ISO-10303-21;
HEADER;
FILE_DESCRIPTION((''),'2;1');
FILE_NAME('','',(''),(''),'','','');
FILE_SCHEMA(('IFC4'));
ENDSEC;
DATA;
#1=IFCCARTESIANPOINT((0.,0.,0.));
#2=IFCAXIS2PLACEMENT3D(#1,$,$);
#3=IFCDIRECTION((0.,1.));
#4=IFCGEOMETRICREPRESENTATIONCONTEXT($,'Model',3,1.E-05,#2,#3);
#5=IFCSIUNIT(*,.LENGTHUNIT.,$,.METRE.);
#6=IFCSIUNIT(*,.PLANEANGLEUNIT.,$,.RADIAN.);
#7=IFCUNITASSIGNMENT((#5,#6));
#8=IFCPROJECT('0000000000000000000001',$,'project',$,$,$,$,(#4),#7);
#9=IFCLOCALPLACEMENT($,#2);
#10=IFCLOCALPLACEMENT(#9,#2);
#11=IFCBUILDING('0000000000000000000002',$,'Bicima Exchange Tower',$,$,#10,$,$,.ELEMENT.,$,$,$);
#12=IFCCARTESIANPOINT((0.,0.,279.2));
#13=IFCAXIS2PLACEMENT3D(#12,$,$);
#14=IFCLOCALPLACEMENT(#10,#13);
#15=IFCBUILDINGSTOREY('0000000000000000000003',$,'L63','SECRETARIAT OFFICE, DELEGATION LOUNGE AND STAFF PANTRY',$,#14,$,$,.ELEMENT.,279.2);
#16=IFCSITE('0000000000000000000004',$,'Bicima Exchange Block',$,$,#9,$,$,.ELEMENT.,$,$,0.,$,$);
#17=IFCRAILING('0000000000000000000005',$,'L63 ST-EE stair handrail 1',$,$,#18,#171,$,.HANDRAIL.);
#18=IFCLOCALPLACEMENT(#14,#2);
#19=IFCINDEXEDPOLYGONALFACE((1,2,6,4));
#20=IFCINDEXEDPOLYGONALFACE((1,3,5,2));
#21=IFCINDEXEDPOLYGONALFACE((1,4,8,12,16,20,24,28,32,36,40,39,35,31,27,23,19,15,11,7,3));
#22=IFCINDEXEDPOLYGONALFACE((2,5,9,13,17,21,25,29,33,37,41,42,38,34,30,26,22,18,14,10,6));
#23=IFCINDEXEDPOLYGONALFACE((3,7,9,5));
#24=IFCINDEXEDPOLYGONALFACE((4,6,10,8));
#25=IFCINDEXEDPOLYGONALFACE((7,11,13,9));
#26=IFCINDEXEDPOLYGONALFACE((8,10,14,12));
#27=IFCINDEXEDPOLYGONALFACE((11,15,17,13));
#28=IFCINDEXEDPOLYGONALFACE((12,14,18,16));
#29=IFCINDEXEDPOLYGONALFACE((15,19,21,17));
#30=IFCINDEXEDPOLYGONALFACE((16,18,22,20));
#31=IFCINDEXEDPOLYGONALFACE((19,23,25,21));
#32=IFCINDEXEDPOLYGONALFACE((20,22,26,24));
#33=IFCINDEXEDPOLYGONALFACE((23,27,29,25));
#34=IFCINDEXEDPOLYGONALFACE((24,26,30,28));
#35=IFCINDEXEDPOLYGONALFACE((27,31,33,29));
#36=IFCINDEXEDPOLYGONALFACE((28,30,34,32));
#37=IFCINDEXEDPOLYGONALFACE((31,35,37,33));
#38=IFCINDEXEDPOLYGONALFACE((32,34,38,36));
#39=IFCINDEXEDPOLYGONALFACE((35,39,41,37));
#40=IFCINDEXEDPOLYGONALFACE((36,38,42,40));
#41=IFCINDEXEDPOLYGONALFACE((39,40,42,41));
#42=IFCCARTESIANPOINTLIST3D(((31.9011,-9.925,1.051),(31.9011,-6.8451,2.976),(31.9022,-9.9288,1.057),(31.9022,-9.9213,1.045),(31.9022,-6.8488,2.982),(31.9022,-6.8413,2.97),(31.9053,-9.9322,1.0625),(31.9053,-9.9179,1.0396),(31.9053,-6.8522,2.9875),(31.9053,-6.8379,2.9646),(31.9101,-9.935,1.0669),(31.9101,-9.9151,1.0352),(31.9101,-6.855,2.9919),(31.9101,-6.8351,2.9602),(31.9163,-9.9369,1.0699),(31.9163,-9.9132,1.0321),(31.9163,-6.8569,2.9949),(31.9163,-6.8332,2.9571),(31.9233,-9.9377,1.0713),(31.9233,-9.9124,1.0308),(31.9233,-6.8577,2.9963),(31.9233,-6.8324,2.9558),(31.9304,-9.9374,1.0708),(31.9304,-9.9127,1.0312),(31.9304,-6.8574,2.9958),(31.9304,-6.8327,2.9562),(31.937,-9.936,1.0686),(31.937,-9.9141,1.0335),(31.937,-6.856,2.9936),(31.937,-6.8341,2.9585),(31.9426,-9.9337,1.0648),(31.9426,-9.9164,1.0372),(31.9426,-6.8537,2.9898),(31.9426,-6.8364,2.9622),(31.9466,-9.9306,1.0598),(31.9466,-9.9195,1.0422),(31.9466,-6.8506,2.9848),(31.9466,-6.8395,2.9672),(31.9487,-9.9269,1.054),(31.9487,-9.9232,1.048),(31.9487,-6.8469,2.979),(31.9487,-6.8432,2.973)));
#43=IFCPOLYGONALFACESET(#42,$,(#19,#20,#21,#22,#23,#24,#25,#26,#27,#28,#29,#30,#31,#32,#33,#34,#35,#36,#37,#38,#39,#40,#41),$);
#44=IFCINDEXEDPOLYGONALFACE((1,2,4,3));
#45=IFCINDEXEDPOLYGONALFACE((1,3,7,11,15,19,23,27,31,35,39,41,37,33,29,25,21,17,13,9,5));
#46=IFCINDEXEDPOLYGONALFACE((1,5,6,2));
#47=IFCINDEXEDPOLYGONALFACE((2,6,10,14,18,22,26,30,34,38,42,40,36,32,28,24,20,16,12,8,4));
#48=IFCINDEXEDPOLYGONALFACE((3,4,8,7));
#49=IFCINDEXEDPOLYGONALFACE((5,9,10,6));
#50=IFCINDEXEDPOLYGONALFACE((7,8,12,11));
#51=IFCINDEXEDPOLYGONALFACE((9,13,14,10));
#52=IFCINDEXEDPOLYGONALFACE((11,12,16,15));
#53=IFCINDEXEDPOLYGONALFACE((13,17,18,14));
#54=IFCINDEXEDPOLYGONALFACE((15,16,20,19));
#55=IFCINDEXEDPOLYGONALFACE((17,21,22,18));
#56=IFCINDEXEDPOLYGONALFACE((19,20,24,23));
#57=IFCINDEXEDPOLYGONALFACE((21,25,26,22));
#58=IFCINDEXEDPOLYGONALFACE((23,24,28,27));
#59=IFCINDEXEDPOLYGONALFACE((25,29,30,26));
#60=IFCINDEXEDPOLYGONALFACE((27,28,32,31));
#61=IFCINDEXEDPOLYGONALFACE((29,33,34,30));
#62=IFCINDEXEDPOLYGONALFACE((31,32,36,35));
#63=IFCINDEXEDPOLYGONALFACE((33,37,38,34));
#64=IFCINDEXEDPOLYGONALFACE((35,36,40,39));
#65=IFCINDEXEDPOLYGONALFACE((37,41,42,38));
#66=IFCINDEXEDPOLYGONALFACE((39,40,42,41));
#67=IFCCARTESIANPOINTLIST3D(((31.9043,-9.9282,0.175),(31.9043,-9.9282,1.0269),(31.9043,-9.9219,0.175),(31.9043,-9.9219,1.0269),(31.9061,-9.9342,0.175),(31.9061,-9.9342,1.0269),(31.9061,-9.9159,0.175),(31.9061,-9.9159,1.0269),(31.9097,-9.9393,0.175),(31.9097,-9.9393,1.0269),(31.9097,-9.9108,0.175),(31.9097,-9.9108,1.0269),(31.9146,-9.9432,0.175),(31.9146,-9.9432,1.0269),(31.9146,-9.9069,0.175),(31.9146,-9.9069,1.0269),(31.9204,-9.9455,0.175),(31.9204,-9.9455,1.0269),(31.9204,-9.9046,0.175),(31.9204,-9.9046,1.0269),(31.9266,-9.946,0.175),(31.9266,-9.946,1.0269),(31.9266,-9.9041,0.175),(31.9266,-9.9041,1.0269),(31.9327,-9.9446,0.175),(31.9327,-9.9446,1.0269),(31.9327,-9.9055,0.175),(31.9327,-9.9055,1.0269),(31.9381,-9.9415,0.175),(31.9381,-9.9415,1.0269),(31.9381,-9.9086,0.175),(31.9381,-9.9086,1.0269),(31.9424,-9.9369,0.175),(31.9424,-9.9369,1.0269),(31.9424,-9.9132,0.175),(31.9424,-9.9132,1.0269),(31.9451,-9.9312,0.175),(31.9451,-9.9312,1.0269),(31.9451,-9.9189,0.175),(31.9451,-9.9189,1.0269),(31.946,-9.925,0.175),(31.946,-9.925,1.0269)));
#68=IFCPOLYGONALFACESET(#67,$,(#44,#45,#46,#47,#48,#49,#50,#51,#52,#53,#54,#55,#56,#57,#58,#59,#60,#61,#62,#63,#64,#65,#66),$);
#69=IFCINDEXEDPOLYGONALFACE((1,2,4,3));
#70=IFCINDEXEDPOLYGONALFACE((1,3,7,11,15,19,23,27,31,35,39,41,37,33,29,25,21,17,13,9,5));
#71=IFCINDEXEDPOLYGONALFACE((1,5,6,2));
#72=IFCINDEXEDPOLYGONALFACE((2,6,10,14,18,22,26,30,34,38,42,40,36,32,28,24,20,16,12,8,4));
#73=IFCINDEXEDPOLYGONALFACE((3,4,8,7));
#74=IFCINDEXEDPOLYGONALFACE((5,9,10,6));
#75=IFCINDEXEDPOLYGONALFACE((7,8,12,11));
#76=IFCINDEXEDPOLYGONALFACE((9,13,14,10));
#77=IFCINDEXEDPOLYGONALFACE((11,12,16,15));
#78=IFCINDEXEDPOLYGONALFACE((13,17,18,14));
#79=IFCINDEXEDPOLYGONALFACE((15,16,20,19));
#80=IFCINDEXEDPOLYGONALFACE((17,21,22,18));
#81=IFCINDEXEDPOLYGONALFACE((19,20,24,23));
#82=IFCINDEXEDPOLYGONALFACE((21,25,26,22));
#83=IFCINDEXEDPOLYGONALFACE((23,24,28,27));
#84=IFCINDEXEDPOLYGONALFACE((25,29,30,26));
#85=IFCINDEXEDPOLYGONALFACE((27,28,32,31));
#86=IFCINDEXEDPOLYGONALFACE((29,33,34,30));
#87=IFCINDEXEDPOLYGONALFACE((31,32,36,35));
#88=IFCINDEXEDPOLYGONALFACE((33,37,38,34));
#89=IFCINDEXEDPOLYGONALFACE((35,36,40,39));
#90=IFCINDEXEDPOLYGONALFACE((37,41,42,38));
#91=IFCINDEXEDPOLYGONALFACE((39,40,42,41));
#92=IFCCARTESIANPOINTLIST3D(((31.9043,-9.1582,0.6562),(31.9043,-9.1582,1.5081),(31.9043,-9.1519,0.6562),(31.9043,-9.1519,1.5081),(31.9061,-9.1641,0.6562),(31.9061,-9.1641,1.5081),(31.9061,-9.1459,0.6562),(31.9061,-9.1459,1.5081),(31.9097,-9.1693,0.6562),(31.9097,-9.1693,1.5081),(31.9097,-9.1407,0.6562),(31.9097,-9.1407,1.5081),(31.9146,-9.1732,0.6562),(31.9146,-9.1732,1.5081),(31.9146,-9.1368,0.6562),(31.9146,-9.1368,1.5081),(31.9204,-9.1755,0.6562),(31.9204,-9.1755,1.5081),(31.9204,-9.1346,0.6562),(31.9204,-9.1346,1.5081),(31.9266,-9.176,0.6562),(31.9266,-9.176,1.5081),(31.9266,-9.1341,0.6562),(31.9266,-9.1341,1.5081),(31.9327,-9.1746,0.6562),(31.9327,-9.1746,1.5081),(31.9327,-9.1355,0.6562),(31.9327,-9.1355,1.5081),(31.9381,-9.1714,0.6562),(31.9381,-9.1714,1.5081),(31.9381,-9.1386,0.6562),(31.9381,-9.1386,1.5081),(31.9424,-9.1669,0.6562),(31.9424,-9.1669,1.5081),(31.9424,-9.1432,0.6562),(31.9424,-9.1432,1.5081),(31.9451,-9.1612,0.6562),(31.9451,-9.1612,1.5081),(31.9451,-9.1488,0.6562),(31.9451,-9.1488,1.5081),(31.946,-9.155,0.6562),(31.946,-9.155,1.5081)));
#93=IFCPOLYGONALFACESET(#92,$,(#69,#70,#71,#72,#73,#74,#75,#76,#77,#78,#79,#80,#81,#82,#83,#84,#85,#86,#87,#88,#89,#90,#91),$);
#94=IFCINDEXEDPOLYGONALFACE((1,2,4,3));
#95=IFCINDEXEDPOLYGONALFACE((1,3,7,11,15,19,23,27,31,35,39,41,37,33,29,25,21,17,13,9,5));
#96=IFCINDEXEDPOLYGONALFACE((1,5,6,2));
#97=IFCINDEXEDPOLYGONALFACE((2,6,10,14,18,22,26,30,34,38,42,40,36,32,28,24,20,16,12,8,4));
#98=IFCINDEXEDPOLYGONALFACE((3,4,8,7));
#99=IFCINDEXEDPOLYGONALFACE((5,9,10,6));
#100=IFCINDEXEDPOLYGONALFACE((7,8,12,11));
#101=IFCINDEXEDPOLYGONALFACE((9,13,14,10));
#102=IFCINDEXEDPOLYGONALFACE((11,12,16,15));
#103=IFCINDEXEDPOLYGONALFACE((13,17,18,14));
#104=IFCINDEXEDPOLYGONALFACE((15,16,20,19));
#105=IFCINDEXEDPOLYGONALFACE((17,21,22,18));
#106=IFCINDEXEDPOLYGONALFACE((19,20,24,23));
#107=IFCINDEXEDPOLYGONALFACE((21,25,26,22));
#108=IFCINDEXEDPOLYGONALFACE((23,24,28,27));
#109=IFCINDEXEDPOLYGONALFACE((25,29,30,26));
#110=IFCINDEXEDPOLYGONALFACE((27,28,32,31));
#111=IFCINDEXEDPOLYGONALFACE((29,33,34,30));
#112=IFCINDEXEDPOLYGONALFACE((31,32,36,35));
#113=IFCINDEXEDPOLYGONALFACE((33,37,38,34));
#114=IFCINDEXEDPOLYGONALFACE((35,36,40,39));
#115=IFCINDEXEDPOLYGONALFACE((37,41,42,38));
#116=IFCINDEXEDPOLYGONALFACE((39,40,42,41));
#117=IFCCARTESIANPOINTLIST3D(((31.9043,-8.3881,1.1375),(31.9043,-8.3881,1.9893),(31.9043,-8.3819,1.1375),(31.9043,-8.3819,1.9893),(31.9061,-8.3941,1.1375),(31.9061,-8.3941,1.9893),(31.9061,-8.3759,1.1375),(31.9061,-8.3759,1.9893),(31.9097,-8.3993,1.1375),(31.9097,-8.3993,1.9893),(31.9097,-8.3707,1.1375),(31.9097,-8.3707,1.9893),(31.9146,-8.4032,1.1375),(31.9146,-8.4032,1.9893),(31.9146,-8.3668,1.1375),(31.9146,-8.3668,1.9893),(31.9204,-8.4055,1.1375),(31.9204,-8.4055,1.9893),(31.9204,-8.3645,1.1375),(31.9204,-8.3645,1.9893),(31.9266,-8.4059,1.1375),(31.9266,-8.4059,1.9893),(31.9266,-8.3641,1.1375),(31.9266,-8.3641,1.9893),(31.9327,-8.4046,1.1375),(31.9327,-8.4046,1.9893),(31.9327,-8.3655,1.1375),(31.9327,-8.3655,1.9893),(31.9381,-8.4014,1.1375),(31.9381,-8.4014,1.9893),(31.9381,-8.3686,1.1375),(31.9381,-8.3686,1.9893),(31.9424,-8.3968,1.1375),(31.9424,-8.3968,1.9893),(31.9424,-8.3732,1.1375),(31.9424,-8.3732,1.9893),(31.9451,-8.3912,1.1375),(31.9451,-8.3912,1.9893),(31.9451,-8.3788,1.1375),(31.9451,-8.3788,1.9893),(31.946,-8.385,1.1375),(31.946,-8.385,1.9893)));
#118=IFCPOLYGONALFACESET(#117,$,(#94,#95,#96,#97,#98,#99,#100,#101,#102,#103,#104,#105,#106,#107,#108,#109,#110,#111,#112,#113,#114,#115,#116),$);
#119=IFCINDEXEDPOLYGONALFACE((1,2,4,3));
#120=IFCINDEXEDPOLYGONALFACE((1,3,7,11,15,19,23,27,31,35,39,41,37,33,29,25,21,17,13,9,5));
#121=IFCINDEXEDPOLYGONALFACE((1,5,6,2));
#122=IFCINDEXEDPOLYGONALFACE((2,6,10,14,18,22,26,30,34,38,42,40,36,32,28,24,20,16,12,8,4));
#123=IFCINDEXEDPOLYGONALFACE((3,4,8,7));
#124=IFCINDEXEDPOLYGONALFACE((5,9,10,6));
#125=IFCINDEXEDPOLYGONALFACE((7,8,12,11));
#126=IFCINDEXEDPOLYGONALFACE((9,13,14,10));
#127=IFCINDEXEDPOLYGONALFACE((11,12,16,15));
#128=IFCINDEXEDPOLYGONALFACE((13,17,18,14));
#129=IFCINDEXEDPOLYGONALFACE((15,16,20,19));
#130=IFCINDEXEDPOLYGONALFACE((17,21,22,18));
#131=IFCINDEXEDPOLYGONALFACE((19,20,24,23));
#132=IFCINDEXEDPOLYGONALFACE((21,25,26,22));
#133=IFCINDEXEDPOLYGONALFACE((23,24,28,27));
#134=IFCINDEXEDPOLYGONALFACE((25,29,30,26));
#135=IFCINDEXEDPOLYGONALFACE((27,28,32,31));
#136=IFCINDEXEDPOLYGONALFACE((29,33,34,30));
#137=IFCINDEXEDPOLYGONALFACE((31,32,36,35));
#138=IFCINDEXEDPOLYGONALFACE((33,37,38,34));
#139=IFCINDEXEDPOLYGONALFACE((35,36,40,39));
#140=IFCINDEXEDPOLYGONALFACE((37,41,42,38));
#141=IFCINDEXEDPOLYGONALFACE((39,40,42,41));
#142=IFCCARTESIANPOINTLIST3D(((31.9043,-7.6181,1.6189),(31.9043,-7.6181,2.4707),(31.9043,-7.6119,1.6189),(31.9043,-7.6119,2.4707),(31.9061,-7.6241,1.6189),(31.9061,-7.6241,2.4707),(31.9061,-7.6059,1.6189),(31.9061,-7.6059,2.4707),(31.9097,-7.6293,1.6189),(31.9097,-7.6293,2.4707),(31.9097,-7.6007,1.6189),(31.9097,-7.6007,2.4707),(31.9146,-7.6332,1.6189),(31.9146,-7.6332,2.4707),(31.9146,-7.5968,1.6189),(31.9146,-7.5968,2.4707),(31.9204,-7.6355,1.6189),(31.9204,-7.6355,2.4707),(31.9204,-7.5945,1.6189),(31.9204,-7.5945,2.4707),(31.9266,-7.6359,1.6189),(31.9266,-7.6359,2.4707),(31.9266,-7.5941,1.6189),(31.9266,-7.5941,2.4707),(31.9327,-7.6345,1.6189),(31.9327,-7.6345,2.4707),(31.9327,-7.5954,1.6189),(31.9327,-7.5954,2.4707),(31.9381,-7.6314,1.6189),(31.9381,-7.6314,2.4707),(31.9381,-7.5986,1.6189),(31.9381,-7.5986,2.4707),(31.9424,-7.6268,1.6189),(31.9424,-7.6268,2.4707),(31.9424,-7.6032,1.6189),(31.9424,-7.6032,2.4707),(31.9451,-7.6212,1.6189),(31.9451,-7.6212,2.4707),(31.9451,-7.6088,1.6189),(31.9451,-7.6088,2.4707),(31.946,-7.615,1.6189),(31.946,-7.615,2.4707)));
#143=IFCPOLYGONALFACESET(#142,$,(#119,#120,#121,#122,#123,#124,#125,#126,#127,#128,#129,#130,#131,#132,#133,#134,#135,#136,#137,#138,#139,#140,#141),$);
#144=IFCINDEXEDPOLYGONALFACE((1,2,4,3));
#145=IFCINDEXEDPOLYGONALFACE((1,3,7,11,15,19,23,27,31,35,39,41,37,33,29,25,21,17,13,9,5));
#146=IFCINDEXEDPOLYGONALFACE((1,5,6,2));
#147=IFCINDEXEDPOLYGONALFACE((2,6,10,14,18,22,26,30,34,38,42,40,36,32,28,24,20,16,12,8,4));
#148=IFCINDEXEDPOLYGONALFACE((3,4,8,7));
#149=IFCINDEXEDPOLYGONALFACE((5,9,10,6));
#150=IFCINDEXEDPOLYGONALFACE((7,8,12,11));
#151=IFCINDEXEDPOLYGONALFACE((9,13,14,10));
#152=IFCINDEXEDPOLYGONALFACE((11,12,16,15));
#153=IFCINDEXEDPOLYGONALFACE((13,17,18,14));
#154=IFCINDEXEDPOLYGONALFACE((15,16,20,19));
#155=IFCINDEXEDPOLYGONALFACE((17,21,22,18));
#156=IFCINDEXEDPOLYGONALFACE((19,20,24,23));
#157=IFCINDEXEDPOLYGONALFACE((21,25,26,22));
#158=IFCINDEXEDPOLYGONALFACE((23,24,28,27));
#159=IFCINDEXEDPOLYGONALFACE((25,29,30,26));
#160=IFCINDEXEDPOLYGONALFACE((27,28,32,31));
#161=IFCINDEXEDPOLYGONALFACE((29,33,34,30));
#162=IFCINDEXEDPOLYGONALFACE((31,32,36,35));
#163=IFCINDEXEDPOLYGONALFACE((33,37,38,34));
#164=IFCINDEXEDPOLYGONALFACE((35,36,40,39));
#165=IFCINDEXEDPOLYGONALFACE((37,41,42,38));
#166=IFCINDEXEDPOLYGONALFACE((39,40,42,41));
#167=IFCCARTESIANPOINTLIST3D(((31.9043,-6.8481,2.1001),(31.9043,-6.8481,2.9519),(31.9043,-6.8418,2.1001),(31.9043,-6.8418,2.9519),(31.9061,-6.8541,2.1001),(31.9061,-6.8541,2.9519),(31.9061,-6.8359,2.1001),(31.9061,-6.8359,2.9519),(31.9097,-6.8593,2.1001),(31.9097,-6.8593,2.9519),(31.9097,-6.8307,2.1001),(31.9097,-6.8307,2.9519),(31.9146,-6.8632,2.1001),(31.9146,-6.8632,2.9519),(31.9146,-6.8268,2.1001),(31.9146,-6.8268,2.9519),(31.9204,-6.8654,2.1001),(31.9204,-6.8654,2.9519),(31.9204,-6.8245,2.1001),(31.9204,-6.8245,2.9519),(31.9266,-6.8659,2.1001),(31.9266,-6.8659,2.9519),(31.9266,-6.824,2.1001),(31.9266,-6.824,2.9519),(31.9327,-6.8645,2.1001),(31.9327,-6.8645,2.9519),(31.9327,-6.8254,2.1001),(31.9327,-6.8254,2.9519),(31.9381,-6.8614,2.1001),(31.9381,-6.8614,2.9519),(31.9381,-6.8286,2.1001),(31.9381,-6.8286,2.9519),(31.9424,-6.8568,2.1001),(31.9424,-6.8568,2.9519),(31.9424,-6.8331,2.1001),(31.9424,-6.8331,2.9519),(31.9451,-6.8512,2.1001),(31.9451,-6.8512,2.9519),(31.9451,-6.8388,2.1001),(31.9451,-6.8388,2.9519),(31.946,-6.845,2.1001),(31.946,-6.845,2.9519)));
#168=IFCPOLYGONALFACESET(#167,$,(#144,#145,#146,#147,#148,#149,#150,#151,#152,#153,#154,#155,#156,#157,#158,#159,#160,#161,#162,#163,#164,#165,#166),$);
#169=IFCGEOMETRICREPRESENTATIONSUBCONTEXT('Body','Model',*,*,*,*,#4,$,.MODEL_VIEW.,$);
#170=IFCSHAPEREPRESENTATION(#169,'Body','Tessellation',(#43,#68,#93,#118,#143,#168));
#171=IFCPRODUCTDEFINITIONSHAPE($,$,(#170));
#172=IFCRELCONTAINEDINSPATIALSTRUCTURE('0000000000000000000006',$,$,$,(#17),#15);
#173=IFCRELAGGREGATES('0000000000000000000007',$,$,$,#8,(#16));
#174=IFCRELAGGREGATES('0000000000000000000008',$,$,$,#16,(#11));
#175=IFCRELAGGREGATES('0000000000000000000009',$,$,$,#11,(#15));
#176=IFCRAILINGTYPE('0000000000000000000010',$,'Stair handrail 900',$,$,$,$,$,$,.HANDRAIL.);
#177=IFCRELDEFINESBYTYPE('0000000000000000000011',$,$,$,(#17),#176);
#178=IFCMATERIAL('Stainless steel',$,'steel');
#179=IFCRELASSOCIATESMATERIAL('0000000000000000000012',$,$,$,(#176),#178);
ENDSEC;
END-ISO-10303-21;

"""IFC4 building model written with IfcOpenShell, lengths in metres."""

from ifc_helpers import new_model, si_unit, direction, frame, origin, origin_2d, place, context, subcontext, project, spatial, circle, extrude, material, type_object, element, save


model = new_model("IFC4")

# Units and contexts
model_context = context("Model", 3, precision=1e-05, world=origin(), true_north=direction((0.0, 1.0)))
body_context = subcontext(model_context, "Body", "Model", "MODEL_VIEW")
ifc_project = project(units=[si_unit("LENGTHUNIT", "METRE"), si_unit("PLANEANGLEUNIT", "RADIAN")], contexts=[model_context])

# Site, building, storey
site_placement = place(None, origin())
site = spatial("IfcSite", under=ifc_project, at=site_placement, Name="Bicima Exchange Block", CompositionType="ELEMENT", RefElevation=0.0)
building_placement = place(site_placement, origin())
building = spatial("IfcBuilding", under=site, at=building_placement, Name="Bicima Exchange Tower", CompositionType="ELEMENT")
storey_placement = place(building_placement, frame((0.0, 0.0, 279.2)))
storey = spatial("IfcBuildingStorey", under=building, at=storey_placement, Name="L63", Description="SECRETARIAT OFFICE, DELEGATION LOUNGE AND STAFF PANTRY", CompositionType="ELEMENT", Elevation=279.2)

# Railing
ifc_material_1 = material(Name="Stainless steel", Category="steel")
railing_type = type_object("IfcRailingType", Name="Stair handrail 900", PredefinedType="HANDRAIL", material=ifc_material_1)
railing_placement = place(storey_placement, frame((31.925, -9.925, 0.175)))
element("IfcRailing", 1, at=railing_placement, inside=storey, type_object=railing_type, Name="L63 ST-EE stair handrail 1", PredefinedType="HANDRAIL", context=body_context, shape_type="SweptSolid", body=[
    extrude(circle(Radius=0.0239, at=origin_2d()), frame((0.0, 0.0, 0.876), z_axis=(0.0, 0.847998, 0.529999), x_axis=(-1.0, 0.0, 0.0)), (0.0, 0.0, 1.0), 3.6321),
    extrude(circle(Radius=0.021, at=origin_2d()), origin(), (0.0, 0.0, 1.0), 0.8518),
    extrude(circle(Radius=0.021, at=origin_2d()), frame((0.0, 0.77, 0.4812)), (0.0, 0.0, 1.0), 0.8518),
    extrude(circle(Radius=0.021, at=origin_2d()), frame((0.0, 1.54, 0.9624)), (0.0, 0.0, 1.0), 0.8518),
    extrude(circle(Radius=0.021, at=origin_2d()), frame((0.0, 2.3101, 1.4438)), (0.0, 0.0, 1.0), 0.8518),
    extrude(circle(Radius=0.021, at=origin_2d()), frame((0.0, 3.0801, 1.925)), (0.0, 0.0, 1.0), 0.8518),
])

save(model, "model.ifc")
